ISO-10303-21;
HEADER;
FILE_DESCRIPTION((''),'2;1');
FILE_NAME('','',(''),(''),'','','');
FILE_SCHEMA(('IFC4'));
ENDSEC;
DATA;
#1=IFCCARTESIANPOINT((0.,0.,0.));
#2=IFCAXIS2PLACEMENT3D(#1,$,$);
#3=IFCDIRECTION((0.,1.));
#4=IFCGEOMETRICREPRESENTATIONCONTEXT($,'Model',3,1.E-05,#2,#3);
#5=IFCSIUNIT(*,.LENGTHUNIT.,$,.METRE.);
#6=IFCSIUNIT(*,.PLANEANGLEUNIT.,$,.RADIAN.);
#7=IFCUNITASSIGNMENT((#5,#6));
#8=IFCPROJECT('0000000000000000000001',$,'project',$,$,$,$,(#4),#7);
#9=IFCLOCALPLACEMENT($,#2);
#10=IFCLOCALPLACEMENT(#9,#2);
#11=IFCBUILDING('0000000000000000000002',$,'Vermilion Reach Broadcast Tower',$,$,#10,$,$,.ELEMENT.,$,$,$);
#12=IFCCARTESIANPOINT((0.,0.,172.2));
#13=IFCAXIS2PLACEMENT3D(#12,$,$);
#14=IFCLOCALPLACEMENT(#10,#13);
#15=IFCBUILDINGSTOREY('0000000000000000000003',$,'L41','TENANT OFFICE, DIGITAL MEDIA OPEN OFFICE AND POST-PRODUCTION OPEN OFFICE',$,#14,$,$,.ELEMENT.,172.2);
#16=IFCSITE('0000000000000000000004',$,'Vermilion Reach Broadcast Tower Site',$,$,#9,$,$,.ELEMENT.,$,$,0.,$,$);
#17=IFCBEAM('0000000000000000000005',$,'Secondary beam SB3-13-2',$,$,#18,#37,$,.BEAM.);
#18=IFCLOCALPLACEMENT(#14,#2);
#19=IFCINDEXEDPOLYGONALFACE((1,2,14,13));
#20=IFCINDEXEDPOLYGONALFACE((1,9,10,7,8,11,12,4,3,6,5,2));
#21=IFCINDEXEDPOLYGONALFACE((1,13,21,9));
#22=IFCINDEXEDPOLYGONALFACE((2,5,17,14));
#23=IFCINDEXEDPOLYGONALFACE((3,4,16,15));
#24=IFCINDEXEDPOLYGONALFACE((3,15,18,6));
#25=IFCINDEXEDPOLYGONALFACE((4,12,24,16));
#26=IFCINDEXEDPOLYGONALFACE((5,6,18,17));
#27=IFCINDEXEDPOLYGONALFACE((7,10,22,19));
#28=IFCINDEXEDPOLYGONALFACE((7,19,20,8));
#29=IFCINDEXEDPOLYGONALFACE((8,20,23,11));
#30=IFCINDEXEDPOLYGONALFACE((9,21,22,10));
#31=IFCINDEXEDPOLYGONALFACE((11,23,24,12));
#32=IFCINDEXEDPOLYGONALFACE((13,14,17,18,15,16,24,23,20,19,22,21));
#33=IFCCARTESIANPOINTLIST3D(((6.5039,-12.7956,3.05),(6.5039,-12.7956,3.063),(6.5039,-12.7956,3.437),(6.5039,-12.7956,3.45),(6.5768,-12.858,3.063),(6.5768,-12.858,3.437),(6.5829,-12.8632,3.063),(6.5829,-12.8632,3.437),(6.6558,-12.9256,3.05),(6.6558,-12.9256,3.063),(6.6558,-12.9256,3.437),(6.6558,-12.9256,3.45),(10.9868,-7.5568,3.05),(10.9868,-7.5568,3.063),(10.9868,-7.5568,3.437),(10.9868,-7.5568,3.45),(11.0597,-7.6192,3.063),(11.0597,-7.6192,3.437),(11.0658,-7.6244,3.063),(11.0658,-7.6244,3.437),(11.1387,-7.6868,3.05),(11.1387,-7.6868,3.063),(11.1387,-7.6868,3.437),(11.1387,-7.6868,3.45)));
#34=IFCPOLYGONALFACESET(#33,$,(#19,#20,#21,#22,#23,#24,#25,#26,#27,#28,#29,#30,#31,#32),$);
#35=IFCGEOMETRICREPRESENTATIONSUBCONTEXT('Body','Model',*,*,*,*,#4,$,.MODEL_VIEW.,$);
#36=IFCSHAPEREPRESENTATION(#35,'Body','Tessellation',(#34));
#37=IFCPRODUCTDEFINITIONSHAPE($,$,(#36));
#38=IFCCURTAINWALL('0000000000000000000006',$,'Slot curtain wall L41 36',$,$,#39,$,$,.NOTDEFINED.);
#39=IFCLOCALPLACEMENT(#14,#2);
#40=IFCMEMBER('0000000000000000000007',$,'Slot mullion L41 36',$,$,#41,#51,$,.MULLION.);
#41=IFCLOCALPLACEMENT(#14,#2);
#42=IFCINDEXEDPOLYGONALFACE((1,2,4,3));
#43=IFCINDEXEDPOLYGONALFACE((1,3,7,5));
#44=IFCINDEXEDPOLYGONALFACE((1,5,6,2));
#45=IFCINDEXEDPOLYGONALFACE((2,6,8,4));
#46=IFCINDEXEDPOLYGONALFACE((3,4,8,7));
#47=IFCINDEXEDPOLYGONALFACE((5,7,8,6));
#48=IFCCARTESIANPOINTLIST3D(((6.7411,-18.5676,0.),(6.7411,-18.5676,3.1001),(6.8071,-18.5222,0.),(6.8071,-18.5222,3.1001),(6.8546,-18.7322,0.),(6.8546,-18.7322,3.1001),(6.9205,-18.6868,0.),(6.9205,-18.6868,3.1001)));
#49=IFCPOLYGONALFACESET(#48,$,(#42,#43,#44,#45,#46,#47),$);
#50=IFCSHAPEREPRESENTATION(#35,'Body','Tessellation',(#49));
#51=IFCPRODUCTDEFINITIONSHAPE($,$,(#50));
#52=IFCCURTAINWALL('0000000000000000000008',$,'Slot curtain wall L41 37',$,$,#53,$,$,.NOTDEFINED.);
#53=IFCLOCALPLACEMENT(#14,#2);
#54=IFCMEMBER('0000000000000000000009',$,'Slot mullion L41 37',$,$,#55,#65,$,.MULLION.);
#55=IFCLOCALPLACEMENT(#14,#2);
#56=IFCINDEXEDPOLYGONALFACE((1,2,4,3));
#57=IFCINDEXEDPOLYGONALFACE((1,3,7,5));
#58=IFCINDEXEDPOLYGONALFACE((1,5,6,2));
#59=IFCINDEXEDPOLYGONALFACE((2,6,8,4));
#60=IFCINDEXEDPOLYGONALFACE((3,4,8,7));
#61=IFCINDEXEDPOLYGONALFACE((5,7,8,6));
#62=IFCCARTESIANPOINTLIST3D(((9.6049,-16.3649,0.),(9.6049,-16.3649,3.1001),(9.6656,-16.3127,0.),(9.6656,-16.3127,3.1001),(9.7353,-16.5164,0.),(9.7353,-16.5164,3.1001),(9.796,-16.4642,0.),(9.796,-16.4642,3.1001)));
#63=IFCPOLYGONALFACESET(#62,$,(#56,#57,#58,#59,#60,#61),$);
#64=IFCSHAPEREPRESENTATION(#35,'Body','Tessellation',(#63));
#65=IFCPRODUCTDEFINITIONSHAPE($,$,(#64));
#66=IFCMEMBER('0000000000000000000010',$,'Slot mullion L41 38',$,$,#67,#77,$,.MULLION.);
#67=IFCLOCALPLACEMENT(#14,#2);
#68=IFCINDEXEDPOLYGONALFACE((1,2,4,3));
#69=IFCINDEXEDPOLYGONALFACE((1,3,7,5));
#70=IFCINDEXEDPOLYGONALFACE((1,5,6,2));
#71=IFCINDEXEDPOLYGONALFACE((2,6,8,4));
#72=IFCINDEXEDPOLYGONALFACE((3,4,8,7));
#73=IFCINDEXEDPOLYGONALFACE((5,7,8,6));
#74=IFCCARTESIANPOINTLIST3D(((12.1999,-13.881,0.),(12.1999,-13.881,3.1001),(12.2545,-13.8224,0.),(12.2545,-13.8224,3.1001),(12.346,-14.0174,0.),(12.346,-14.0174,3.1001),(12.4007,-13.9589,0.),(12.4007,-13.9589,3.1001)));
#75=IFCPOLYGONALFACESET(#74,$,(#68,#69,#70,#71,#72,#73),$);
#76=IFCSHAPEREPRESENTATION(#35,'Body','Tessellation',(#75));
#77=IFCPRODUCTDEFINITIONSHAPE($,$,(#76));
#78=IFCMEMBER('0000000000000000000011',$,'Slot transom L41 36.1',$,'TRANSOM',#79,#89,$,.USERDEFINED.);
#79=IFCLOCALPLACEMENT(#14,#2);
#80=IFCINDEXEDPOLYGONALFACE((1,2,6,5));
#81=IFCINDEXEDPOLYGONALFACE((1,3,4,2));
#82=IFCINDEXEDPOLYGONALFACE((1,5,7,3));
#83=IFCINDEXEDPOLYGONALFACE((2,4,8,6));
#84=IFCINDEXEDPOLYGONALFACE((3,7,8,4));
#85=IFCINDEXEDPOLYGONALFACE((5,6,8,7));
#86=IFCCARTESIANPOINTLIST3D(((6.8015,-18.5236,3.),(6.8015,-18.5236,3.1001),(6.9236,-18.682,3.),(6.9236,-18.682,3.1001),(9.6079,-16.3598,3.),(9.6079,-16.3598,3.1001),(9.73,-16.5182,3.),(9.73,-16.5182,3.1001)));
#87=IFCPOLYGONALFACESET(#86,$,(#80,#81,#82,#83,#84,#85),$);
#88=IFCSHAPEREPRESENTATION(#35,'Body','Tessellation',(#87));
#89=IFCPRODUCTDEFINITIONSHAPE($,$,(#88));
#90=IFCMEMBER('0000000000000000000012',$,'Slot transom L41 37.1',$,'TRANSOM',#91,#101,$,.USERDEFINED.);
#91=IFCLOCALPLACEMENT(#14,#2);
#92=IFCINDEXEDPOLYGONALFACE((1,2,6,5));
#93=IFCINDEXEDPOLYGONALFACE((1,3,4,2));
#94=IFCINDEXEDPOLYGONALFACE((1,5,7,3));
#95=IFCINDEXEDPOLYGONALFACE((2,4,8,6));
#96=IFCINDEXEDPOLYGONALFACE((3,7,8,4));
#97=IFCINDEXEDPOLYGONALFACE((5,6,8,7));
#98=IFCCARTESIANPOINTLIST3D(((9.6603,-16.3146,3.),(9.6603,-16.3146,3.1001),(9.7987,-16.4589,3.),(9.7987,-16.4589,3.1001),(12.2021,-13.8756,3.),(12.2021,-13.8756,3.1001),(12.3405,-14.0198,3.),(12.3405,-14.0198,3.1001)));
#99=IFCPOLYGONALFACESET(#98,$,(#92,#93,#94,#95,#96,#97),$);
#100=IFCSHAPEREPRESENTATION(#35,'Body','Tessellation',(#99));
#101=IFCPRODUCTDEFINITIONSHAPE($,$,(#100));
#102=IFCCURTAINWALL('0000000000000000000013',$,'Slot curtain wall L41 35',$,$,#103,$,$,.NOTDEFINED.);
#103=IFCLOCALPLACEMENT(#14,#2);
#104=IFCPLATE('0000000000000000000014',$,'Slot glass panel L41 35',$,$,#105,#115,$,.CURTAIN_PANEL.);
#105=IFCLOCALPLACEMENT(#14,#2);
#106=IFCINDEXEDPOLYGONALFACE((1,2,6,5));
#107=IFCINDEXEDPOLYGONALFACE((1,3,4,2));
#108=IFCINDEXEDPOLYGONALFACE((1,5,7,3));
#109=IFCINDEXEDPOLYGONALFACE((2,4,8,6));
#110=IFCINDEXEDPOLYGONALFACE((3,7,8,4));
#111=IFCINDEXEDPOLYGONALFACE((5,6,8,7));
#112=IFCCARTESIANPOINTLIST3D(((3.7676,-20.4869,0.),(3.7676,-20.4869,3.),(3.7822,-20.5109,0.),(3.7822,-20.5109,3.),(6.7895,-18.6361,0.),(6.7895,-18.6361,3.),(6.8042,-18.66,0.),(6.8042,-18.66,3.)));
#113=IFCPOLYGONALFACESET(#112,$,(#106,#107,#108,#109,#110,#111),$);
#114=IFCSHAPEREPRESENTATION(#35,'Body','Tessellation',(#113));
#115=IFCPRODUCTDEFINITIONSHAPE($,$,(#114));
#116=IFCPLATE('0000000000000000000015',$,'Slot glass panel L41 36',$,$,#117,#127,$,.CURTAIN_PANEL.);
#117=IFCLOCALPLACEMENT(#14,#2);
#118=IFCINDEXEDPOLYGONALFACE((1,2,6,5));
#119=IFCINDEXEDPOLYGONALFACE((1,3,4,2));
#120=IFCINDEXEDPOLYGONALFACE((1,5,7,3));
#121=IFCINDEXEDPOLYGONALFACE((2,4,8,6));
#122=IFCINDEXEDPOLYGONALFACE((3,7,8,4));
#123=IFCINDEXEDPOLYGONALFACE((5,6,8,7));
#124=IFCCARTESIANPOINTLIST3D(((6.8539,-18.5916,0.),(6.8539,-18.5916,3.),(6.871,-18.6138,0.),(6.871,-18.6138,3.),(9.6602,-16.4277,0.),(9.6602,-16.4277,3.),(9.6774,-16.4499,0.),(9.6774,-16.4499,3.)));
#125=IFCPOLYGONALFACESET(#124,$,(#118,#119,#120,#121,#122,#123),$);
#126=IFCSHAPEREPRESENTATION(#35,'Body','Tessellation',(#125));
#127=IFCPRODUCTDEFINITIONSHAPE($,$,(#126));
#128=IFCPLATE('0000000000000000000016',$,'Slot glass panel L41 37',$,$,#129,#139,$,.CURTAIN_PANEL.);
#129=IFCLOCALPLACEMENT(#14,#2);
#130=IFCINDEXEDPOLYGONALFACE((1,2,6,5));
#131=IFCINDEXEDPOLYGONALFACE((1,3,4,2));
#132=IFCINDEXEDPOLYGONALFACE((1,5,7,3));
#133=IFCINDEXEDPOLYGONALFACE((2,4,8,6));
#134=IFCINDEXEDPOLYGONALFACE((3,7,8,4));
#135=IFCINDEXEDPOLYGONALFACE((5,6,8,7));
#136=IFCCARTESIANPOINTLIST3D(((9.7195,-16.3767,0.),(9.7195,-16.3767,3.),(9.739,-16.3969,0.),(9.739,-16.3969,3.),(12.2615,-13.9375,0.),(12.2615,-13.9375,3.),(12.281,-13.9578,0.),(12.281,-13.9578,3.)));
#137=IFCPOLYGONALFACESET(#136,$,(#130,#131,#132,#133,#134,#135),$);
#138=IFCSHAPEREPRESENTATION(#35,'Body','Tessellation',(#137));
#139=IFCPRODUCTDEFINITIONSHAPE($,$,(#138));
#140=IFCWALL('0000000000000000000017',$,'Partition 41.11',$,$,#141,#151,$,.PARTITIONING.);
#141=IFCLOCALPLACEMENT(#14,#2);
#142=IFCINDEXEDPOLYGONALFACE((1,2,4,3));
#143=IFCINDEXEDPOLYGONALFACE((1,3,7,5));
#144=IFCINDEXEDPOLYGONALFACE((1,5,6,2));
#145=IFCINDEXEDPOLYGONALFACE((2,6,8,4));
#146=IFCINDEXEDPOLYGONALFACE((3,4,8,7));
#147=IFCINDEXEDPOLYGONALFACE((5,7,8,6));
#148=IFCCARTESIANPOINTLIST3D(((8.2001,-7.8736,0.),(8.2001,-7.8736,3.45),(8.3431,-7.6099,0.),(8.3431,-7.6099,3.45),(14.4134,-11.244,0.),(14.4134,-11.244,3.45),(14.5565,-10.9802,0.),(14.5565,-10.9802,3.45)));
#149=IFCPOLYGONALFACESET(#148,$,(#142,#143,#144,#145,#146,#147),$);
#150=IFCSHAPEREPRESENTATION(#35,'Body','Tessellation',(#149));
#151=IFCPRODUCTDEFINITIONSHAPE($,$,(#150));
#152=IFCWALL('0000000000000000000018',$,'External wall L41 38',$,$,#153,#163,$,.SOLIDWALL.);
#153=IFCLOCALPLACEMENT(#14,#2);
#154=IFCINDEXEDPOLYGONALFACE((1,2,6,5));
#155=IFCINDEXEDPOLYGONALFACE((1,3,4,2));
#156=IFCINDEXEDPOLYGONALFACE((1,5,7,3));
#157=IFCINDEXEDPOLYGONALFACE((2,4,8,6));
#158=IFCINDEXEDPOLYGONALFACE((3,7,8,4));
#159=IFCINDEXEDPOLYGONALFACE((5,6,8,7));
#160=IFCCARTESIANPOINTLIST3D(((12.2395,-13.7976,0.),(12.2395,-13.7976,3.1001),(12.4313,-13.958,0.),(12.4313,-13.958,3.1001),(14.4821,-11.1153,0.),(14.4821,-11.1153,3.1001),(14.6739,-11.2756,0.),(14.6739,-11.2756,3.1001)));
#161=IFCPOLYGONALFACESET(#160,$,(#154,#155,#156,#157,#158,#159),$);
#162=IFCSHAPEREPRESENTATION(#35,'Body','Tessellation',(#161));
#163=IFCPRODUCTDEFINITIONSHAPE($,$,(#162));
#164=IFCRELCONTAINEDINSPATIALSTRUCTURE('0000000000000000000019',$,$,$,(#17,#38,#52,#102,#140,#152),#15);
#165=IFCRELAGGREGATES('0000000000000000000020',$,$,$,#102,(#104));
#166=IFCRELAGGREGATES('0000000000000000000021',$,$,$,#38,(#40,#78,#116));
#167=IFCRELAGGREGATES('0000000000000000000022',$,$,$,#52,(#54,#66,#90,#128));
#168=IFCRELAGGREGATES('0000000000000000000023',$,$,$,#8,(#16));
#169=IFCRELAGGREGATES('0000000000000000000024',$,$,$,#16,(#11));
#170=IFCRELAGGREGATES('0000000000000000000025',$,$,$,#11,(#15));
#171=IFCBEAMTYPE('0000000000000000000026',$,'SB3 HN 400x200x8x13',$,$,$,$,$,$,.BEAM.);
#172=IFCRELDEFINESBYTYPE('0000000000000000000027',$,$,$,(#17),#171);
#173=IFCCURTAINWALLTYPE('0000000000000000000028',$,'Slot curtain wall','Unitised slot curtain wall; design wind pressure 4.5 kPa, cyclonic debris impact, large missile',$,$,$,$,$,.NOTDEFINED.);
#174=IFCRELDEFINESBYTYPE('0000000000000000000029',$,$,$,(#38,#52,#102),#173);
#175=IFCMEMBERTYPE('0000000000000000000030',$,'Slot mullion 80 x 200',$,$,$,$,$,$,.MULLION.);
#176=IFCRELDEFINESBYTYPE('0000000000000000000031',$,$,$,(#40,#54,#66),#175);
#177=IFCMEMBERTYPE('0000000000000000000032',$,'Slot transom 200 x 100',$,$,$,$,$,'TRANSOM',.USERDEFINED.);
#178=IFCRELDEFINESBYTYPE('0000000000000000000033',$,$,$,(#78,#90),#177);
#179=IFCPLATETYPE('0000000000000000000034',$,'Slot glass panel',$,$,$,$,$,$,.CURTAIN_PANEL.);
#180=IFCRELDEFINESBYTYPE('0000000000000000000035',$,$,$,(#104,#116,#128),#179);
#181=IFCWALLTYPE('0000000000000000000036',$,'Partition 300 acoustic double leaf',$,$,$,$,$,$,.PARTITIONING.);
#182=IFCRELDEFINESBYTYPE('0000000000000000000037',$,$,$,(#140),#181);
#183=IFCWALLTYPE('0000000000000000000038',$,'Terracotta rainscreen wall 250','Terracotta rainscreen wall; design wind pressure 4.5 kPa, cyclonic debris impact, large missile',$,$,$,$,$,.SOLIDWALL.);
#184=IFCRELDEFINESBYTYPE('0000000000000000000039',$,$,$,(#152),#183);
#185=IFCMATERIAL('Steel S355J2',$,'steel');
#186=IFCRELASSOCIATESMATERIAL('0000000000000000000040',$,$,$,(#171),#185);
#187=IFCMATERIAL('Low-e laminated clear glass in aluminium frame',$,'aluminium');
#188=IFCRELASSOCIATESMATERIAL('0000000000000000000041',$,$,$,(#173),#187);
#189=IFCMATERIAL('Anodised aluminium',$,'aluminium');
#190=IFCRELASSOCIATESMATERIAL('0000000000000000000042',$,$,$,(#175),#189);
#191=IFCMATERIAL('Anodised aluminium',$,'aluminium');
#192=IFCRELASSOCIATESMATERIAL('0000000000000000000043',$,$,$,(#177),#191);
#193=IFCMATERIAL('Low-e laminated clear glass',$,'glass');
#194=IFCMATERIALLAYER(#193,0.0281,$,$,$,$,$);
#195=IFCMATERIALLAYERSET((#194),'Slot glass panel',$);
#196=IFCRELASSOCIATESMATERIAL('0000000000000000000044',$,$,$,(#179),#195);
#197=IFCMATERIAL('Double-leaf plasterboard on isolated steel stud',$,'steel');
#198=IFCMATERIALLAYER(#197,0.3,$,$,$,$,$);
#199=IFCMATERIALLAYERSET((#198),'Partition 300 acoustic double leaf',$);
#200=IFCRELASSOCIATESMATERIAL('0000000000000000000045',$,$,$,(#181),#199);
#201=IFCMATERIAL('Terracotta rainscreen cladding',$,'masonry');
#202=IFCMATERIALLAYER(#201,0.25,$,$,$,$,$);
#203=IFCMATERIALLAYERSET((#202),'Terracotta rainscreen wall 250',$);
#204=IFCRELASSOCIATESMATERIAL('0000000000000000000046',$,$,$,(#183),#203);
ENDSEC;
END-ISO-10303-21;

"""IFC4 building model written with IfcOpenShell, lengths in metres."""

from ifc_helpers import new_model, si_unit, direction, frame, frame_2d, origin, origin_2d, place, context, subcontext, project, spatial, rectangle, i_section, extrude, material, layer, layer_set, material_profile, profile_set, type_object, element, aggregate, save


model = new_model("IFC4")

# Units and contexts
model_context = context("Model", 3, precision=1e-05, world=origin(), true_north=direction((0.0, 1.0)))
body_context = subcontext(model_context, "Body", "Model", "MODEL_VIEW")
ifc_project = project(units=[si_unit("LENGTHUNIT", "METRE"), si_unit("PLANEANGLEUNIT", "RADIAN")], contexts=[model_context])

# Site, building, storey
site_placement = place(None, origin())
site = spatial("IfcSite", under=ifc_project, at=site_placement, Name="Vermilion Reach Broadcast Tower Site", CompositionType="ELEMENT", RefElevation=0.0)
building_placement = place(site_placement, origin())
building = spatial("IfcBuilding", under=site, at=building_placement, Name="Vermilion Reach Broadcast Tower", CompositionType="ELEMENT")
storey_placement = place(building_placement, frame((0.0, 0.0, 172.2)))
storey = spatial("IfcBuildingStorey", under=building, at=storey_placement, Name="L41", Description="TENANT OFFICE, DIGITAL MEDIA OPEN OFFICE AND POST-PRODUCTION OPEN OFFICE", CompositionType="ELEMENT", Elevation=172.2)

# Beam
ifc_material_1 = material(Name="Steel S355J2", Category="steel")
ifc_material_profile_1 = material_profile(ifc_material_1, i_section(OverallWidth=0.2, OverallDepth=0.3999, WebThickness=0.0081, FlangeThickness=0.0129, at=origin_2d()), Name="S355J2 HN 400x200x8x13")
ifc_profile_set_1 = profile_set([ifc_material_profile_1], Name="Steel S355J2")
beam_type_1 = type_object("IfcBeamType", Name="SB3 HN 400x200x8x13", PredefinedType="BEAM", material=ifc_profile_set_1)
beam_1_placement = place(storey_placement, frame((6.5798, -12.8606, 3.25), z_axis=(0.650167, 0.759791, 0.0), x_axis=(-0.759791, 0.650167, 0.0)))
element("IfcBeam", 1, at=beam_1_placement, inside=storey, type_object=beam_type_1, Name="Secondary beam SB3-13-2", PredefinedType="BEAM", context=body_context, shape_type="SweptSolid", body=[
    extrude(i_section(OverallWidth=0.2, OverallDepth=0.3999, WebThickness=0.0081, FlangeThickness=0.0129, at=origin_2d()), origin(), (0.0, 0.0, 1.0), 6.895),
])

# Curtain wall, member
ifc_material_2 = material(Name="Low-e laminated clear glass in aluminium frame", Category="aluminium")
curtain_wall_type = type_object("IfcCurtainWallType", Name="Slot curtain wall", Description="Unitised slot curtain wall; design wind pressure 4.5 kPa, cyclonic debris impact, large missile", PredefinedType="NOTDEFINED", material=ifc_material_2)
placement = place(storey_placement, origin())
curtain_wall_1 = element("IfcCurtainWall", 2, at=placement, inside=storey, type_object=curtain_wall_type, Name="Slot curtain wall L41 36", PredefinedType="NOTDEFINED")
ifc_material_3 = material(Name="Anodised aluminium", Category="aluminium")
ifc_material_profile_2 = material_profile(ifc_material_3, rectangle(XDim=0.2, YDim=0.0801, at=origin_2d()), Name="Slot mullion 80 x 200")
ifc_profile_set_2 = profile_set([ifc_material_profile_2], Name="Anodised aluminium")
member_type_1 = type_object("IfcMemberType", Name="Slot mullion 80 x 200", PredefinedType="MULLION", material=ifc_profile_set_2)
member_1_placement = place(storey_placement, frame((6.8308, -18.6272, 0.0), z_axis=(0.0, 0.0, 1.0), x_axis=(-0.567269, 0.823533, 0.0)))
member_1 = element("IfcMember", 3, at=member_1_placement, type_object=member_type_1, Name="Slot mullion L41 36", PredefinedType="MULLION", context=body_context, shape_type="SweptSolid", body=[
    extrude(rectangle(XDim=0.2, YDim=0.0801, at=origin_2d()), origin(), (0.0, 0.0, 1.0), 3.1001),
])

# Curtain wall, members
curtain_wall_2 = element("IfcCurtainWall", 4, at=placement, inside=storey, type_object=curtain_wall_type, Name="Slot curtain wall L41 37", PredefinedType="NOTDEFINED")
member_2_placement = place(storey_placement, frame((9.7004, -16.4146, 0.0), z_axis=(0.0, 0.0, 1.0), x_axis=(-0.652442, 0.757839, 0.0)))
member_2 = element("IfcMember", 5, at=member_2_placement, type_object=member_type_1, Name="Slot mullion L41 37", PredefinedType="MULLION", context=body_context, shape_type="SweptSolid", body=[
    extrude(rectangle(XDim=0.2, YDim=0.0801, at=origin_2d()), origin(), (0.0, 0.0, 1.0), 3.1001),
])
member_3_placement = place(storey_placement, frame((12.3003, -13.9199, 0.0), z_axis=(0.0, 0.0, 1.0), x_axis=(-0.730889, 0.682496, 0.0)))
member_3 = element("IfcMember", 6, at=member_3_placement, type_object=member_type_1, Name="Slot mullion L41 38", PredefinedType="MULLION", context=body_context, shape_type="SweptSolid", body=[
    extrude(rectangle(XDim=0.2, YDim=0.0801, at=origin_2d()), origin(), (0.0, 0.0, 1.0), 3.1001),
])

# Members
ifc_material_4 = material(Name="Anodised aluminium", Category="aluminium")
ifc_material_profile_3 = material_profile(ifc_material_4, rectangle(XDim=0.2, YDim=0.1001, at=origin_2d()), Name="Slot transom 200 x 100")
ifc_profile_set_3 = profile_set([ifc_material_profile_3], Name="Anodised aluminium")
member_type_2 = type_object("IfcMemberType", Name="Slot transom 200 x 100", ElementType="TRANSOM", PredefinedType="USERDEFINED", material=ifc_profile_set_3)
member_4_placement = place(storey_placement, frame((6.8625, -18.6028, 3.05), z_axis=(0.791935, 0.610606, 0.0), x_axis=(-0.610606, 0.791935, 0.0)))
member_4 = element("IfcMember", 7, at=member_4_placement, type_object=member_type_2, Name="Slot transom L41 36.1", ObjectType="TRANSOM", PredefinedType="USERDEFINED", context=body_context, shape_type="SweptSolid", body=[
    extrude(rectangle(XDim=0.2, YDim=0.1001, at=origin_2d()), origin(), (0.0, 0.0, 1.0), 3.5437),
])
member_5_placement = place(storey_placement, frame((9.7295, -16.3867, 3.05), z_axis=(0.721545, 0.692367, 0.0), x_axis=(-0.692367, 0.721545, 0.0)))
member_5 = element("IfcMember", 8, at=member_5_placement, type_object=member_type_2, Name="Slot transom L41 37.1", ObjectType="TRANSOM", PredefinedType="USERDEFINED", context=body_context, shape_type="SweptSolid", body=[
    extrude(rectangle(XDim=0.2, YDim=0.1001, at=origin_2d()), origin(), (0.0, 0.0, 1.0), 3.5227),
])

# Curtain wall, plate
curtain_wall_3 = element("IfcCurtainWall", 9, at=placement, inside=storey, type_object=curtain_wall_type, Name="Slot curtain wall L41 35", PredefinedType="NOTDEFINED")
ifc_material_5 = material(Name="Low-e laminated clear glass", Category="glass")
ifc_layer_1 = layer(ifc_material_5, 0.0281)
ifc_layer_set_1 = layer_set([ifc_layer_1], Name="Slot glass panel")
plate_type = type_object("IfcPlateType", Name="Slot glass panel", PredefinedType="CURTAIN_PANEL", material=ifc_layer_set_1)
plate_1_placement = place(storey_placement, frame((5.2859, -19.5735, 0.0), z_axis=(0.0, 0.0, 1.0), x_axis=(0.852771, 0.522285, 0.0)))
plate_1 = element("IfcPlate", 10, at=plate_1_placement, type_object=plate_type, Name="Slot glass panel L41 35", PredefinedType="CURTAIN_PANEL", context=body_context, shape_type="SweptSolid", body=[
    extrude(rectangle(XDim=3.5437, YDim=0.0281, at=origin_2d()), origin(), (0.0, 0.0, 1.0), 3.0),
])
aggregate(curtain_wall_3, [plate_1])

# Plates
plate_2_placement = place(storey_placement, frame((8.2656, -17.5208, 0.0), z_axis=(0.0, 0.0, 1.0), x_axis=(0.791924, 0.61062, 0.0)))
plate_2 = element("IfcPlate", 11, at=plate_2_placement, type_object=plate_type, Name="Slot glass panel L41 36", PredefinedType="CURTAIN_PANEL", context=body_context, shape_type="SweptSolid", body=[
    extrude(rectangle(XDim=3.5437, YDim=0.0281, at=origin_2d()), origin(), (0.0, 0.0, 1.0), 3.0),
])
aggregate(curtain_wall_1, [member_1, member_4, plate_2])
plate_3_placement = place(storey_placement, frame((11.0002, -15.1672, 0.0), z_axis=(0.0, 0.0, 1.0), x_axis=(0.721548, 0.692364, 0.0)))
plate_3 = element("IfcPlate", 12, at=plate_3_placement, type_object=plate_type, Name="Slot glass panel L41 37", PredefinedType="CURTAIN_PANEL", context=body_context, shape_type="SweptSolid", body=[
    extrude(rectangle(XDim=3.5229, YDim=0.0281, at=origin_2d()), origin(), (0.0, 0.0, 1.0), 3.0),
])
aggregate(curtain_wall_2, [member_2, member_3, member_5, plate_3])

# Walls
ifc_material_6 = material(Name="Double-leaf plasterboard on isolated steel stud", Category="steel")
ifc_layer_2 = layer(ifc_material_6, 0.3)
ifc_layer_set_2 = layer_set([ifc_layer_2], Name="Partition 300 acoustic double leaf")
wall_type_1 = type_object("IfcWallType", Name="Partition 300 acoustic double leaf", PredefinedType="PARTITIONING", material=ifc_layer_set_2)
wall_1_placement = place(storey_placement, frame((14.4849, -11.1121, 0.0), z_axis=(0.0, 0.0, 1.0), x_axis=(-0.879009, 0.476806, 0.0)))
element("IfcWall", 13, at=wall_1_placement, inside=storey, type_object=wall_type_1, Name="Partition 41.11", PredefinedType="PARTITIONING", context=body_context, shape_type="SweptSolid", body=[
    extrude(rectangle(XDim=7.0686, YDim=0.3, at=frame_2d((3.5342, 0.0))), origin(), (0.0, 0.0, 1.0), 3.45),
])
ifc_material_7 = material(Name="Terracotta rainscreen cladding", Category="masonry")
ifc_layer_3 = layer(ifc_material_7, 0.25)
ifc_layer_set_3 = layer_set([ifc_layer_3], Name="Terracotta rainscreen wall 250")
wall_type_2 = type_object("IfcWallType", Name="Terracotta rainscreen wall 250", Description="Terracotta rainscreen wall; design wind pressure 4.5 kPa, cyclonic debris impact, large missile", PredefinedType="SOLIDWALL", material=ifc_layer_set_3)
wall_2_placement = place(storey_placement, frame((12.3354, -13.8777, 0.0), z_axis=(0.0, 0.0, 1.0), x_axis=(0.641427, 0.767184, 0.0)))
element("IfcWall", 14, at=wall_2_placement, inside=storey, type_object=wall_type_2, Name="External wall L41 38", PredefinedType="SOLIDWALL", context=body_context, shape_type="SweptSolid", body=[
    extrude(rectangle(XDim=3.4963, YDim=0.25, at=frame_2d((1.748, 0.0))), origin(), (0.0, 0.0, 1.0), 3.1001),
])

save(model, "model.ifc")
